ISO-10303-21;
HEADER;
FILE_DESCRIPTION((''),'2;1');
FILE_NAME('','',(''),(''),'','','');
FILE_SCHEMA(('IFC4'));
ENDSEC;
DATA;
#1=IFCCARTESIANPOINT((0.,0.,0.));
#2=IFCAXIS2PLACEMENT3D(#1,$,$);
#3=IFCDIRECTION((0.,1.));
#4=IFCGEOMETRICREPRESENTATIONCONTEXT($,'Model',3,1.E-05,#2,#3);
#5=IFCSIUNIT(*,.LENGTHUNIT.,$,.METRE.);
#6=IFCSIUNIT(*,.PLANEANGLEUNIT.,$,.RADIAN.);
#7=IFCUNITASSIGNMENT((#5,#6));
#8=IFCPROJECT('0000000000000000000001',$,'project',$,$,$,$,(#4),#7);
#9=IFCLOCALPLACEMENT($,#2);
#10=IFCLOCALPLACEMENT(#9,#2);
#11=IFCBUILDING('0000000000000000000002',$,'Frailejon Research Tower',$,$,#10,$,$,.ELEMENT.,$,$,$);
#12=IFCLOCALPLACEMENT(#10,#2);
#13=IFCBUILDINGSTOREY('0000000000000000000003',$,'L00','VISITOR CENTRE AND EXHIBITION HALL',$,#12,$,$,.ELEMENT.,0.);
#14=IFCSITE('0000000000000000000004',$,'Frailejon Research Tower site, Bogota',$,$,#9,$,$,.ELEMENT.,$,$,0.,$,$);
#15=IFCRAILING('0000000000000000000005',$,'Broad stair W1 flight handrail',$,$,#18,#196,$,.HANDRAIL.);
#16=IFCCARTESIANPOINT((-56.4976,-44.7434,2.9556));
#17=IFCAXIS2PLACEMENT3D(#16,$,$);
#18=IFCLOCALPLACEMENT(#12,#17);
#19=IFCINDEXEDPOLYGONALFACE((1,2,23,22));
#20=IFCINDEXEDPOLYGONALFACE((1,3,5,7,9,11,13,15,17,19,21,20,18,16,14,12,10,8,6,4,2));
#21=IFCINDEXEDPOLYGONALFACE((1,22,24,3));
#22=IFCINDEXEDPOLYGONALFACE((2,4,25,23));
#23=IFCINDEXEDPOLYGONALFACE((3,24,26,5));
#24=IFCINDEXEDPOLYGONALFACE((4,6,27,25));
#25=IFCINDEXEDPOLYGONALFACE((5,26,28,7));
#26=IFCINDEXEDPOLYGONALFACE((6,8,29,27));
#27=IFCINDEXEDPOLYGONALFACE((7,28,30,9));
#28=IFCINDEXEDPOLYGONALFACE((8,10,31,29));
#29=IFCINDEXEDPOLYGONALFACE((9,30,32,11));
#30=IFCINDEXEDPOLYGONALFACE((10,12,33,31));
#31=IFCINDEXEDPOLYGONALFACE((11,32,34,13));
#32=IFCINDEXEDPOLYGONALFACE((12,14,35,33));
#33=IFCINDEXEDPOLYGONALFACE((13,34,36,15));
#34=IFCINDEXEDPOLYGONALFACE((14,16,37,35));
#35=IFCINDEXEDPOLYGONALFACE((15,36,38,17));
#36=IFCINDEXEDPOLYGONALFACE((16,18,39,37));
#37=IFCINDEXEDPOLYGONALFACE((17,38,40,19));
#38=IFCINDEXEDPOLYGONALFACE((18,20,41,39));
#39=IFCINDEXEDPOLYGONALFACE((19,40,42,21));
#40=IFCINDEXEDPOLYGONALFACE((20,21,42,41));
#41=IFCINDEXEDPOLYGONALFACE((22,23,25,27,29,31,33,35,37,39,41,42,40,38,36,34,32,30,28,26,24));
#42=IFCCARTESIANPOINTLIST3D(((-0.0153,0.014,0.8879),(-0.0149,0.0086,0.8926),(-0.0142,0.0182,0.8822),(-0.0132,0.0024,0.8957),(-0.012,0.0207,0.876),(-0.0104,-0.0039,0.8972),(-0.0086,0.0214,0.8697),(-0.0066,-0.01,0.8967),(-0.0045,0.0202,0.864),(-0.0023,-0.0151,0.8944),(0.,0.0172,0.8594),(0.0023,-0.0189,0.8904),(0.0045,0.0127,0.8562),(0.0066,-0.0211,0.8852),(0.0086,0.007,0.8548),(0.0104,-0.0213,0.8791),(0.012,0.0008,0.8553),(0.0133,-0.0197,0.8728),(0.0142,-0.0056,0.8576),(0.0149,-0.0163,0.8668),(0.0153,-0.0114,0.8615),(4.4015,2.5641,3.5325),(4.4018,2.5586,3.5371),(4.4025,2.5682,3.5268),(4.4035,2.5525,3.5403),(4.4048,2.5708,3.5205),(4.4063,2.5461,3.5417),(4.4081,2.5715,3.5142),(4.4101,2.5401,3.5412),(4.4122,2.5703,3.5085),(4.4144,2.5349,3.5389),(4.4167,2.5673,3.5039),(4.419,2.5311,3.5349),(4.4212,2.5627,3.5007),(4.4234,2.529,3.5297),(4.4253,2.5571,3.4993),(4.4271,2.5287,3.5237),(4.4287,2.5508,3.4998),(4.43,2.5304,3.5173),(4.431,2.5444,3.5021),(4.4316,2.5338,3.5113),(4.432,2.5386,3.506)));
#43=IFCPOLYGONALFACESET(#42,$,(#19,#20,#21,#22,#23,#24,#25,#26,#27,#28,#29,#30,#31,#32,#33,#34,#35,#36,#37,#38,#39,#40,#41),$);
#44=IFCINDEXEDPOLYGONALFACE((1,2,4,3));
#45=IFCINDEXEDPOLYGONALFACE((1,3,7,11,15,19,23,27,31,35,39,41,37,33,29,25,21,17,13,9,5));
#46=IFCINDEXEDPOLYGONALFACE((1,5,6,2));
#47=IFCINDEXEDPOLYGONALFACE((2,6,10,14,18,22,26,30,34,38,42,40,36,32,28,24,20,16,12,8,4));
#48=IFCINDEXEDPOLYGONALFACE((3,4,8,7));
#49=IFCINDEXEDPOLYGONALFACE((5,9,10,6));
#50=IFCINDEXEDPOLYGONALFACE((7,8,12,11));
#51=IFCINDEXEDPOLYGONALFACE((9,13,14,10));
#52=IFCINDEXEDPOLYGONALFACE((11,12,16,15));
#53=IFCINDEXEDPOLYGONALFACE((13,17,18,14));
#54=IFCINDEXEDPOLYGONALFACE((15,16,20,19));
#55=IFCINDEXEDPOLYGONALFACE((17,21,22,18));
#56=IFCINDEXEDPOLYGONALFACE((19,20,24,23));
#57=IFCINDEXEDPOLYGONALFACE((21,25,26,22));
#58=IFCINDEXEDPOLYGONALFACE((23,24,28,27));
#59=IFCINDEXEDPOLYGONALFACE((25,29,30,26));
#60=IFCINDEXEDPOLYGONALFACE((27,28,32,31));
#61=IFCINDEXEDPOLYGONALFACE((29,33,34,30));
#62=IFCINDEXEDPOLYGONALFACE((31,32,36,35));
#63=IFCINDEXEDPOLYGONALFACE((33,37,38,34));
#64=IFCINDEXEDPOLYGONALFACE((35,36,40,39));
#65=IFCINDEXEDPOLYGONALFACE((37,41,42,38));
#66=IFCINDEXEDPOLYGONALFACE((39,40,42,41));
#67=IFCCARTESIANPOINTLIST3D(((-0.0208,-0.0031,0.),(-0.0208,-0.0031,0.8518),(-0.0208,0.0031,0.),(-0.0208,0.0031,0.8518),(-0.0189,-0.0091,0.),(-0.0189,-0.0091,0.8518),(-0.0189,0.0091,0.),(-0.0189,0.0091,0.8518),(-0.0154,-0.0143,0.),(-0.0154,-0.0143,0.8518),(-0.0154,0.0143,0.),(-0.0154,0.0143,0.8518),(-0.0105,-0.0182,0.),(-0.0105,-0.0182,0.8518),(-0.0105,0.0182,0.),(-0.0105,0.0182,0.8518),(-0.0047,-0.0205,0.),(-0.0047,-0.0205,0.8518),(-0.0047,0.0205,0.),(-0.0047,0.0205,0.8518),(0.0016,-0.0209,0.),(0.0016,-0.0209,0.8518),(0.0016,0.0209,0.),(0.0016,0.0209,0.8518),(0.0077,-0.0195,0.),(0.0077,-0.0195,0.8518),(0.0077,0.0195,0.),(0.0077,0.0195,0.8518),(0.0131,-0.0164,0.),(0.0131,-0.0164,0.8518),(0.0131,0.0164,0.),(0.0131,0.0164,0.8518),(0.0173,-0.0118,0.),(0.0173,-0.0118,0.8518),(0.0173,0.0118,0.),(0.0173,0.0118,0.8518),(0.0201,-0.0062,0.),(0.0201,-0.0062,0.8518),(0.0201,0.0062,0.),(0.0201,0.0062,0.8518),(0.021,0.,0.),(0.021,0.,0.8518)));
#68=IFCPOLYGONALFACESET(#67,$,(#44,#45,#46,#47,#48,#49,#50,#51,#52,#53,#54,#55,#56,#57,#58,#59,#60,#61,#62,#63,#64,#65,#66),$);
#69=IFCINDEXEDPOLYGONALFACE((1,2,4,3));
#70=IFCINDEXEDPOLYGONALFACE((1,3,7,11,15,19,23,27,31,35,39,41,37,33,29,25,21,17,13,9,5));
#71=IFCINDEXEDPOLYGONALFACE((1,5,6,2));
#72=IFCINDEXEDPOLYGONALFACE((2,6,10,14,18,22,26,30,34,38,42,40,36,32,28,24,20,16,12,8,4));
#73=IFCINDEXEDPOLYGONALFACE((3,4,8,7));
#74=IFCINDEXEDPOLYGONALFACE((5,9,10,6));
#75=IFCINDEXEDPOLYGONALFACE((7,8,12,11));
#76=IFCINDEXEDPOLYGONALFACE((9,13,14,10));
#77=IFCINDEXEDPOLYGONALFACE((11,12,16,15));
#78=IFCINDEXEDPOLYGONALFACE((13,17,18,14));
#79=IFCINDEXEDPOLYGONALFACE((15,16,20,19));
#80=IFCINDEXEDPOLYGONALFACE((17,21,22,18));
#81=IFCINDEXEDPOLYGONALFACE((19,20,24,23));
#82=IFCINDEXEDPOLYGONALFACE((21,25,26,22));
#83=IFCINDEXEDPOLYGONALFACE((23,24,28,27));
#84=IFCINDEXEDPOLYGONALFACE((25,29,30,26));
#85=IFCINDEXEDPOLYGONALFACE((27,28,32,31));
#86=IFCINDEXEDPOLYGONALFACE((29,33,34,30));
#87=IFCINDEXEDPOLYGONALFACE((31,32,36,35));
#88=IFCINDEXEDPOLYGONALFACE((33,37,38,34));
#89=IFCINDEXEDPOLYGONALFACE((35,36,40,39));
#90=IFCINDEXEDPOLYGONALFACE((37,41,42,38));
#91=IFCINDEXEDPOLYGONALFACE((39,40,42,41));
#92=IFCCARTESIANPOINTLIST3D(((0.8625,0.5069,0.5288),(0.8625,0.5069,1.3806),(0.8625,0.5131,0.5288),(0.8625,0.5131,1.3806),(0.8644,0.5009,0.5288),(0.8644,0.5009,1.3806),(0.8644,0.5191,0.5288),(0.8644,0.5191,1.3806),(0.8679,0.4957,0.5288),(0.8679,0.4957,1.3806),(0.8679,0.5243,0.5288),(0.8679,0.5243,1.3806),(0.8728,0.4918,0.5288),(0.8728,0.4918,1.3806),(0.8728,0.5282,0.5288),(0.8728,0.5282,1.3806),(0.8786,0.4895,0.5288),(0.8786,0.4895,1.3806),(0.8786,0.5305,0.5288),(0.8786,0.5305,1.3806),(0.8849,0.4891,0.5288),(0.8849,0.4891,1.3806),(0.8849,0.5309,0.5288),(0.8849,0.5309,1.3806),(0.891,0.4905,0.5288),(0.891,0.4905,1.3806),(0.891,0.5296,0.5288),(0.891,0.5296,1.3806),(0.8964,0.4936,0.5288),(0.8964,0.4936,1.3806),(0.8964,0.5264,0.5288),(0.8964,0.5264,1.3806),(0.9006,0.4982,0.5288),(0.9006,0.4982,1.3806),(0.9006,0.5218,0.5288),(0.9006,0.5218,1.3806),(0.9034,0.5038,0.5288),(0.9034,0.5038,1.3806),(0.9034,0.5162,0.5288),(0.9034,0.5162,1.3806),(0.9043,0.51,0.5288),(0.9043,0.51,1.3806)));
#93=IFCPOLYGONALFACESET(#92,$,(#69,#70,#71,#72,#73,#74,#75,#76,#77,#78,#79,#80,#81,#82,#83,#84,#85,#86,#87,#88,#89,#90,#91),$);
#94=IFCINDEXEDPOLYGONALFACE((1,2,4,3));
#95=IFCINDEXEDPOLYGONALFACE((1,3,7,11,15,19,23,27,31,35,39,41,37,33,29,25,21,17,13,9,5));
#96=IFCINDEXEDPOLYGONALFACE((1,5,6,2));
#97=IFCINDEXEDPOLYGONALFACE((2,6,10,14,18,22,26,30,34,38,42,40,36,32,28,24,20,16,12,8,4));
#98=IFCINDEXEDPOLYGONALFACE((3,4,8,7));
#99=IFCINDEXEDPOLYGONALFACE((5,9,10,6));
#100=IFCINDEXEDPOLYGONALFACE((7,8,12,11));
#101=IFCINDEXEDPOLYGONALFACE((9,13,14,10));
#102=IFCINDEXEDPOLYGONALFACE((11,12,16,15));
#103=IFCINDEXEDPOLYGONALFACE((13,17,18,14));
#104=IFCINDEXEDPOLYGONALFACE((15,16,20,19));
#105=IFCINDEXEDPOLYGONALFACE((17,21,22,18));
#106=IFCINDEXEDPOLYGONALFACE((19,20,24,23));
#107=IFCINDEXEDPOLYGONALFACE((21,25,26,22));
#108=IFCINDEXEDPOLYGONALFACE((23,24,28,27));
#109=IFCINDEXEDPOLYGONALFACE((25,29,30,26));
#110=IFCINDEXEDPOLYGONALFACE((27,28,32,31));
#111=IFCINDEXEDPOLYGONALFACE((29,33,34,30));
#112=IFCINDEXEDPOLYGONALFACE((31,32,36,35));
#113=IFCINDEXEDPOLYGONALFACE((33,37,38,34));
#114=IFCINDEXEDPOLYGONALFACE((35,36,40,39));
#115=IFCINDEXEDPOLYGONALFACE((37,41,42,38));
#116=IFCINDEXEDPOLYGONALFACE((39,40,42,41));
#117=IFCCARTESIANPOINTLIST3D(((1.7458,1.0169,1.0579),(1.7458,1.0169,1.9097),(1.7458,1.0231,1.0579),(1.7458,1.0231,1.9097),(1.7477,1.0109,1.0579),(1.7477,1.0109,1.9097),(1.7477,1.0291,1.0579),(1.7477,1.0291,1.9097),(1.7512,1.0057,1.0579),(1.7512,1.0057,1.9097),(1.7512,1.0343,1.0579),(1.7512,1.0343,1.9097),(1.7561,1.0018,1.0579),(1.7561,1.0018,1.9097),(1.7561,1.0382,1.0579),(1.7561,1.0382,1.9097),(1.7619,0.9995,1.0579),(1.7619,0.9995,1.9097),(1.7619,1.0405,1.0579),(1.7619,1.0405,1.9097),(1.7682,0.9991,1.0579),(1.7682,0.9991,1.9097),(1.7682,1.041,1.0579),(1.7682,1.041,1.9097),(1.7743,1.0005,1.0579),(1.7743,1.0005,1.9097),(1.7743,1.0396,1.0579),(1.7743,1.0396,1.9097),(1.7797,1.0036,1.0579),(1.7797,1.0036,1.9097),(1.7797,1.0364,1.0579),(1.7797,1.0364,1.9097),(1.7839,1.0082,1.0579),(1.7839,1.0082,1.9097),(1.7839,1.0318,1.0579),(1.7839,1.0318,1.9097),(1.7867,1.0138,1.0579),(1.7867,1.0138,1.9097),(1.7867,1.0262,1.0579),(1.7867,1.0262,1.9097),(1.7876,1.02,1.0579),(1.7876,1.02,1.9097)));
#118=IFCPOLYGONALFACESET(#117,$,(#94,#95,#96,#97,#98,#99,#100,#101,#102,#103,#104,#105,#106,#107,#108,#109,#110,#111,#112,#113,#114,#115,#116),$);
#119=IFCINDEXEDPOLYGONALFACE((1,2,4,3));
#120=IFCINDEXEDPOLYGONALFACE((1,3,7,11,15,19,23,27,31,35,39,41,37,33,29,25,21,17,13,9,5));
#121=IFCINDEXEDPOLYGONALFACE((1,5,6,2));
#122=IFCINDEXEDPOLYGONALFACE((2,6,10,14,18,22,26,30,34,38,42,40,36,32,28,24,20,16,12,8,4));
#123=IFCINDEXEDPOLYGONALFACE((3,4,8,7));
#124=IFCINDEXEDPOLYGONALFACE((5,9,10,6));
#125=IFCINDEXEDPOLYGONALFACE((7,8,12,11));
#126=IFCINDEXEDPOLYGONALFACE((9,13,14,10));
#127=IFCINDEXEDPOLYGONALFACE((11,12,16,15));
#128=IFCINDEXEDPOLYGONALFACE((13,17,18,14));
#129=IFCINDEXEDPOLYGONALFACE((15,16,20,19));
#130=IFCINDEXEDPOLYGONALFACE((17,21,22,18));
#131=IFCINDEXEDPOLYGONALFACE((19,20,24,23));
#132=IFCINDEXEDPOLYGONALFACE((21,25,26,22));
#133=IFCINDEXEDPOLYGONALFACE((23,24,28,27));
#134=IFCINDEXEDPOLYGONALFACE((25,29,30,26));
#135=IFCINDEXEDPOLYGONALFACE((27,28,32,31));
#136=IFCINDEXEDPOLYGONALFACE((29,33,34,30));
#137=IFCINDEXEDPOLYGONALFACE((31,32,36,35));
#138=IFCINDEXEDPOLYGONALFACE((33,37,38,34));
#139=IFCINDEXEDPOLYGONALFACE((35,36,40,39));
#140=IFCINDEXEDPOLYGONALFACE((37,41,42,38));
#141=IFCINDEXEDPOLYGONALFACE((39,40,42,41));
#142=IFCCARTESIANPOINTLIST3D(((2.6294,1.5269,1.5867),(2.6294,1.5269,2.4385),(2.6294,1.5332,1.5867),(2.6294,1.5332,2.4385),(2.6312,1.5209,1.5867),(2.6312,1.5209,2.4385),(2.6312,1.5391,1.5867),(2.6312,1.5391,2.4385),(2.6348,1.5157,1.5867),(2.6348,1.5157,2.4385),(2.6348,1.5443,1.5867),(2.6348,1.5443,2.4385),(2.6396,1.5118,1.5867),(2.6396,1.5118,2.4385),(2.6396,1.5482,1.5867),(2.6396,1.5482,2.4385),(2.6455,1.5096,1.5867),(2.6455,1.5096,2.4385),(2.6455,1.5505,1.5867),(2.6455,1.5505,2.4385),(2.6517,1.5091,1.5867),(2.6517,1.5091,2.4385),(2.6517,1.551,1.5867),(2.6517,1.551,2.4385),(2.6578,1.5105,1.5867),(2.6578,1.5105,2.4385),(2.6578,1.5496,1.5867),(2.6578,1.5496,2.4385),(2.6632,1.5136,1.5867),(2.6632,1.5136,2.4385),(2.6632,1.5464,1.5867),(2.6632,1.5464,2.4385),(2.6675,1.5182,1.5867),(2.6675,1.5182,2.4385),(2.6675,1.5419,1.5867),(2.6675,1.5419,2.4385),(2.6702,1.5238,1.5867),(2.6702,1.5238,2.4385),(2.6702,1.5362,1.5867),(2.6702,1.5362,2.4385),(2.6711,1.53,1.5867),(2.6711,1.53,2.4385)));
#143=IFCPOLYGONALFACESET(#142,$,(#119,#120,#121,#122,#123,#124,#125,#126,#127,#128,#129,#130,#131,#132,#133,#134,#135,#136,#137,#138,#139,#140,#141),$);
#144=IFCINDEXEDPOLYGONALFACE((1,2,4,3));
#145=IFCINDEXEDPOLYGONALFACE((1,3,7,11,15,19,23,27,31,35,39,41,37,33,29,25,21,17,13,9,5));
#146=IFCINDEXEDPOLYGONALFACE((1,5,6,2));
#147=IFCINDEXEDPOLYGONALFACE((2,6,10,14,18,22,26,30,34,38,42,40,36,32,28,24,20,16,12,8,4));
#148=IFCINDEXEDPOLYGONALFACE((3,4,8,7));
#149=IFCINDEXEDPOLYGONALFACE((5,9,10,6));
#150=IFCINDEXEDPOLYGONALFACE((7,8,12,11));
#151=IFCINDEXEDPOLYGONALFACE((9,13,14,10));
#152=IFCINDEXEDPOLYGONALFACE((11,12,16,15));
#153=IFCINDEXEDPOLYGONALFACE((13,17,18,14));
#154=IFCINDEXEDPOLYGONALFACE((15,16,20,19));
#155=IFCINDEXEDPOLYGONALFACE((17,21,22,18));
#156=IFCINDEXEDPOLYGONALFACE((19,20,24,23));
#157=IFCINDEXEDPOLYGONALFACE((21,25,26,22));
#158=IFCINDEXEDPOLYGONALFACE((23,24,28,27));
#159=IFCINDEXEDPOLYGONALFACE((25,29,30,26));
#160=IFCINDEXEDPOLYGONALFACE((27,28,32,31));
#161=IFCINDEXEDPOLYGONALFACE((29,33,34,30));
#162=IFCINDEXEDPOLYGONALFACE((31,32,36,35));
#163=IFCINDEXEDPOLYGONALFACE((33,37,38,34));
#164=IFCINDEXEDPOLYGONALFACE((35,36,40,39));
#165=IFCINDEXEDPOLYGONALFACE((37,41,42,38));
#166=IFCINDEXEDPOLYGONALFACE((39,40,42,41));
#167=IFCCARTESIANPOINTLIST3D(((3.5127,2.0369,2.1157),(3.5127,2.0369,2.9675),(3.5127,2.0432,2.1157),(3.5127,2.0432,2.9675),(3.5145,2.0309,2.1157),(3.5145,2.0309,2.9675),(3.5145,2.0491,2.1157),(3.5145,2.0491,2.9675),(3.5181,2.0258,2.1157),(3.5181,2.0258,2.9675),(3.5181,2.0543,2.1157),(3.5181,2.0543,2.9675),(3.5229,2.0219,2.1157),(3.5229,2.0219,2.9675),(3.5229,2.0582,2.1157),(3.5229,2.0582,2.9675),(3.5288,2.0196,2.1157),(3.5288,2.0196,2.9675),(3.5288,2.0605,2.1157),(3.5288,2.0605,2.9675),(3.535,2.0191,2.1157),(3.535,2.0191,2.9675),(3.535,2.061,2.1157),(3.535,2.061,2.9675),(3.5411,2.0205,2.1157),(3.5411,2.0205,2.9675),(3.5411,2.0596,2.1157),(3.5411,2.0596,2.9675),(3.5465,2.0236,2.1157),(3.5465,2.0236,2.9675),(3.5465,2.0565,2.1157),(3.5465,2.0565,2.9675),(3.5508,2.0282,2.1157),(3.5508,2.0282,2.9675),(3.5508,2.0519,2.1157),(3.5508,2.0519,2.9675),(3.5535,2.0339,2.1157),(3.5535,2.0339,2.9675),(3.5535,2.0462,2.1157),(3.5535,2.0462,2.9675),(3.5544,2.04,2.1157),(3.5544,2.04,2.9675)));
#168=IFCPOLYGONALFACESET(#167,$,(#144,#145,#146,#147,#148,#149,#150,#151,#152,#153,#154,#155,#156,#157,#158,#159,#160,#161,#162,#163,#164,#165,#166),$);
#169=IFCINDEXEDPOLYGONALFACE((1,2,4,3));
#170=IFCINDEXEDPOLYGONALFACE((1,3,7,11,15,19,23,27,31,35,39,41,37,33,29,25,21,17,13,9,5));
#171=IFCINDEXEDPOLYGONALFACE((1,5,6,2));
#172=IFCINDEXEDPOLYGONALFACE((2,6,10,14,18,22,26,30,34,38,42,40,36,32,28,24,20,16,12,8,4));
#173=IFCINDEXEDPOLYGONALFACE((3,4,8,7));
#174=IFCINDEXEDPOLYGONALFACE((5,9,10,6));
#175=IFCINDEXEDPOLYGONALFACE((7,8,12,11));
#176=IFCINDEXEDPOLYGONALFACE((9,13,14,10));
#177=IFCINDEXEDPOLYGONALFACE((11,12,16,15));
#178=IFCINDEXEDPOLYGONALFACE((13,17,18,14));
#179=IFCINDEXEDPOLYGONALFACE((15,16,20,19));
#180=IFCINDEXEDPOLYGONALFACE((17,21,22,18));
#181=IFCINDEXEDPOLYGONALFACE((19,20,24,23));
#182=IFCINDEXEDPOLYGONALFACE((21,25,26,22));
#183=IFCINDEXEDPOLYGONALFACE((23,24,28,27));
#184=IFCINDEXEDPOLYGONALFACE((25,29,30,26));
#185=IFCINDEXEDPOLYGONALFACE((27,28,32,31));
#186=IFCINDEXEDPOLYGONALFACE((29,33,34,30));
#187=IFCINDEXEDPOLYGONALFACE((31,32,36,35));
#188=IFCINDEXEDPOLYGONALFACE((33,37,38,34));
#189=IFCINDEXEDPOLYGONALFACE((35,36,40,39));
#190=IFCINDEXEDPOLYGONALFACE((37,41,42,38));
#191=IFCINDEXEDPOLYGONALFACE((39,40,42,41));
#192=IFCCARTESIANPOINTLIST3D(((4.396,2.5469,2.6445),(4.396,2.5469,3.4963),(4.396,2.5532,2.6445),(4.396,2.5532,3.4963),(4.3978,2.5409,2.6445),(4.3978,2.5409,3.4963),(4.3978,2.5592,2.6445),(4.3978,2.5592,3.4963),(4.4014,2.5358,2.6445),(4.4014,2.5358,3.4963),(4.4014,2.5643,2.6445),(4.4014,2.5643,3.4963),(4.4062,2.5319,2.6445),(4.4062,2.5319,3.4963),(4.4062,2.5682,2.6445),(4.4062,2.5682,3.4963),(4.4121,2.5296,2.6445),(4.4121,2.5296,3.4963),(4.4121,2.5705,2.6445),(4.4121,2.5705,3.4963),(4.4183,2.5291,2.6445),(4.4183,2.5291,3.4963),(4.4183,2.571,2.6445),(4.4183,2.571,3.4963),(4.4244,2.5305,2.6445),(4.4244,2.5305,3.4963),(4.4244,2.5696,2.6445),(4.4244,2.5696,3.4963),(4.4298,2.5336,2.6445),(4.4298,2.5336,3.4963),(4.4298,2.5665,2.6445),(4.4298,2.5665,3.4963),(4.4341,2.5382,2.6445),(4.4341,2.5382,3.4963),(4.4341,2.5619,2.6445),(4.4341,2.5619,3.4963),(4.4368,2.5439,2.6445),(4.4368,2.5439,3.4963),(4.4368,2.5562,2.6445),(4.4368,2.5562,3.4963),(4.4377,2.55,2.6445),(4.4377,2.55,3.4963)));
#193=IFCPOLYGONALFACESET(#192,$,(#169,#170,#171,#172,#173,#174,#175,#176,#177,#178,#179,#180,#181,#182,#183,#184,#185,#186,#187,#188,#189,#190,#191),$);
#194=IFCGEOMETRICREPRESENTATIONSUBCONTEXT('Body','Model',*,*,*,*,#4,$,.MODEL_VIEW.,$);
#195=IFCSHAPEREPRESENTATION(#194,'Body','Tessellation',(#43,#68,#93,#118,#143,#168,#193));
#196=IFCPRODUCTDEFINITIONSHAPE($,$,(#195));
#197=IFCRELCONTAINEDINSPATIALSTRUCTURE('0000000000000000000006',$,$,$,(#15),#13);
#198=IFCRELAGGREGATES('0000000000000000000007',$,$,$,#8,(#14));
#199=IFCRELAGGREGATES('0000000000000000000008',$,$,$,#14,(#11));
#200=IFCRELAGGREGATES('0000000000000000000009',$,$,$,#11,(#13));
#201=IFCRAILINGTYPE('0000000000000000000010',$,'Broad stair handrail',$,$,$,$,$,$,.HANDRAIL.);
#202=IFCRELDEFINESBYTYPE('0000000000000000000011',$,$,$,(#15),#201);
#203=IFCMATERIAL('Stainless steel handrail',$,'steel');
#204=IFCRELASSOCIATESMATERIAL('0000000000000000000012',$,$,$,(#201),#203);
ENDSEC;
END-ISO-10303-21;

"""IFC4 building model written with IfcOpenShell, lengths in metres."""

from ifc_helpers import new_model, si_unit, direction, frame, origin, origin_2d, place, context, subcontext, project, spatial, circle, extrude, material, type_object, element, save


model = new_model("IFC4")

# Units and contexts
model_context = context("Model", 3, precision=1e-05, world=origin(), true_north=direction((0.0, 1.0)))
body_context = subcontext(model_context, "Body", "Model", "MODEL_VIEW")
ifc_project = project(units=[si_unit("LENGTHUNIT", "METRE"), si_unit("PLANEANGLEUNIT", "RADIAN")], contexts=[model_context])

# Site, building, storey
site_placement = place(None, origin())
site = spatial("IfcSite", under=ifc_project, at=site_placement, Name="Frailejon Research Tower site, Bogota", CompositionType="ELEMENT", RefElevation=0.0)
building_placement = place(site_placement, origin())
building = spatial("IfcBuilding", under=site, at=building_placement, Name="Frailejon Research Tower", CompositionType="ELEMENT")
storey_placement = place(building_placement, origin())
storey = spatial("IfcBuildingStorey", under=building, at=storey_placement, Name="L00", Description="VISITOR CENTRE AND EXHIBITION HALL", CompositionType="ELEMENT", Elevation=0.0)

# Railing
ifc_material_1 = material(Name="Stainless steel handrail", Category="steel")
railing_type_1 = type_object("IfcRailingType", Name="Broad stair handrail", PredefinedType="HANDRAIL", material=ifc_material_1)
for number, where, name in (
    (1, (-56.4976, -44.7434, 2.9556), "Broad stair W1 flight handrail"),
):
    element("IfcRailing", number, at=place(storey_placement, frame(where)), inside=storey, type_object=railing_type_1, Name=name, PredefinedType="HANDRAIL", context=body_context, shape_type="SweptSolid", body=[
        extrude(circle(Radius=0.0239, at=origin_2d()), frame((0.0, 0.0, 0.876), z_axis=(0.768811, 0.44388, 0.460326), x_axis=(-0.500006, 0.866022, 0.0)), (0.0, 0.0, 1.0), 5.7449),
        extrude(circle(Radius=0.021, at=origin_2d()), origin(), (0.0, 0.0, 1.0), 0.8518),
        extrude(circle(Radius=0.021, at=origin_2d()), frame((0.8833, 0.51, 0.5288)), (0.0, 0.0, 1.0), 0.8518),
        extrude(circle(Radius=0.021, at=origin_2d()), frame((1.7666, 1.02, 1.0579)), (0.0, 0.0, 1.0), 0.8518),
        extrude(circle(Radius=0.021, at=origin_2d()), frame((2.6501, 1.53, 1.5867)), (0.0, 0.0, 1.0), 0.8518),
        extrude(circle(Radius=0.021, at=origin_2d()), frame((3.5334, 2.04, 2.1157)), (0.0, 0.0, 1.0), 0.8518),
        extrude(circle(Radius=0.021, at=origin_2d()), frame((4.4167, 2.55, 2.6445)), (0.0, 0.0, 1.0), 0.8518),
    ])

save(model, "model.ifc")
